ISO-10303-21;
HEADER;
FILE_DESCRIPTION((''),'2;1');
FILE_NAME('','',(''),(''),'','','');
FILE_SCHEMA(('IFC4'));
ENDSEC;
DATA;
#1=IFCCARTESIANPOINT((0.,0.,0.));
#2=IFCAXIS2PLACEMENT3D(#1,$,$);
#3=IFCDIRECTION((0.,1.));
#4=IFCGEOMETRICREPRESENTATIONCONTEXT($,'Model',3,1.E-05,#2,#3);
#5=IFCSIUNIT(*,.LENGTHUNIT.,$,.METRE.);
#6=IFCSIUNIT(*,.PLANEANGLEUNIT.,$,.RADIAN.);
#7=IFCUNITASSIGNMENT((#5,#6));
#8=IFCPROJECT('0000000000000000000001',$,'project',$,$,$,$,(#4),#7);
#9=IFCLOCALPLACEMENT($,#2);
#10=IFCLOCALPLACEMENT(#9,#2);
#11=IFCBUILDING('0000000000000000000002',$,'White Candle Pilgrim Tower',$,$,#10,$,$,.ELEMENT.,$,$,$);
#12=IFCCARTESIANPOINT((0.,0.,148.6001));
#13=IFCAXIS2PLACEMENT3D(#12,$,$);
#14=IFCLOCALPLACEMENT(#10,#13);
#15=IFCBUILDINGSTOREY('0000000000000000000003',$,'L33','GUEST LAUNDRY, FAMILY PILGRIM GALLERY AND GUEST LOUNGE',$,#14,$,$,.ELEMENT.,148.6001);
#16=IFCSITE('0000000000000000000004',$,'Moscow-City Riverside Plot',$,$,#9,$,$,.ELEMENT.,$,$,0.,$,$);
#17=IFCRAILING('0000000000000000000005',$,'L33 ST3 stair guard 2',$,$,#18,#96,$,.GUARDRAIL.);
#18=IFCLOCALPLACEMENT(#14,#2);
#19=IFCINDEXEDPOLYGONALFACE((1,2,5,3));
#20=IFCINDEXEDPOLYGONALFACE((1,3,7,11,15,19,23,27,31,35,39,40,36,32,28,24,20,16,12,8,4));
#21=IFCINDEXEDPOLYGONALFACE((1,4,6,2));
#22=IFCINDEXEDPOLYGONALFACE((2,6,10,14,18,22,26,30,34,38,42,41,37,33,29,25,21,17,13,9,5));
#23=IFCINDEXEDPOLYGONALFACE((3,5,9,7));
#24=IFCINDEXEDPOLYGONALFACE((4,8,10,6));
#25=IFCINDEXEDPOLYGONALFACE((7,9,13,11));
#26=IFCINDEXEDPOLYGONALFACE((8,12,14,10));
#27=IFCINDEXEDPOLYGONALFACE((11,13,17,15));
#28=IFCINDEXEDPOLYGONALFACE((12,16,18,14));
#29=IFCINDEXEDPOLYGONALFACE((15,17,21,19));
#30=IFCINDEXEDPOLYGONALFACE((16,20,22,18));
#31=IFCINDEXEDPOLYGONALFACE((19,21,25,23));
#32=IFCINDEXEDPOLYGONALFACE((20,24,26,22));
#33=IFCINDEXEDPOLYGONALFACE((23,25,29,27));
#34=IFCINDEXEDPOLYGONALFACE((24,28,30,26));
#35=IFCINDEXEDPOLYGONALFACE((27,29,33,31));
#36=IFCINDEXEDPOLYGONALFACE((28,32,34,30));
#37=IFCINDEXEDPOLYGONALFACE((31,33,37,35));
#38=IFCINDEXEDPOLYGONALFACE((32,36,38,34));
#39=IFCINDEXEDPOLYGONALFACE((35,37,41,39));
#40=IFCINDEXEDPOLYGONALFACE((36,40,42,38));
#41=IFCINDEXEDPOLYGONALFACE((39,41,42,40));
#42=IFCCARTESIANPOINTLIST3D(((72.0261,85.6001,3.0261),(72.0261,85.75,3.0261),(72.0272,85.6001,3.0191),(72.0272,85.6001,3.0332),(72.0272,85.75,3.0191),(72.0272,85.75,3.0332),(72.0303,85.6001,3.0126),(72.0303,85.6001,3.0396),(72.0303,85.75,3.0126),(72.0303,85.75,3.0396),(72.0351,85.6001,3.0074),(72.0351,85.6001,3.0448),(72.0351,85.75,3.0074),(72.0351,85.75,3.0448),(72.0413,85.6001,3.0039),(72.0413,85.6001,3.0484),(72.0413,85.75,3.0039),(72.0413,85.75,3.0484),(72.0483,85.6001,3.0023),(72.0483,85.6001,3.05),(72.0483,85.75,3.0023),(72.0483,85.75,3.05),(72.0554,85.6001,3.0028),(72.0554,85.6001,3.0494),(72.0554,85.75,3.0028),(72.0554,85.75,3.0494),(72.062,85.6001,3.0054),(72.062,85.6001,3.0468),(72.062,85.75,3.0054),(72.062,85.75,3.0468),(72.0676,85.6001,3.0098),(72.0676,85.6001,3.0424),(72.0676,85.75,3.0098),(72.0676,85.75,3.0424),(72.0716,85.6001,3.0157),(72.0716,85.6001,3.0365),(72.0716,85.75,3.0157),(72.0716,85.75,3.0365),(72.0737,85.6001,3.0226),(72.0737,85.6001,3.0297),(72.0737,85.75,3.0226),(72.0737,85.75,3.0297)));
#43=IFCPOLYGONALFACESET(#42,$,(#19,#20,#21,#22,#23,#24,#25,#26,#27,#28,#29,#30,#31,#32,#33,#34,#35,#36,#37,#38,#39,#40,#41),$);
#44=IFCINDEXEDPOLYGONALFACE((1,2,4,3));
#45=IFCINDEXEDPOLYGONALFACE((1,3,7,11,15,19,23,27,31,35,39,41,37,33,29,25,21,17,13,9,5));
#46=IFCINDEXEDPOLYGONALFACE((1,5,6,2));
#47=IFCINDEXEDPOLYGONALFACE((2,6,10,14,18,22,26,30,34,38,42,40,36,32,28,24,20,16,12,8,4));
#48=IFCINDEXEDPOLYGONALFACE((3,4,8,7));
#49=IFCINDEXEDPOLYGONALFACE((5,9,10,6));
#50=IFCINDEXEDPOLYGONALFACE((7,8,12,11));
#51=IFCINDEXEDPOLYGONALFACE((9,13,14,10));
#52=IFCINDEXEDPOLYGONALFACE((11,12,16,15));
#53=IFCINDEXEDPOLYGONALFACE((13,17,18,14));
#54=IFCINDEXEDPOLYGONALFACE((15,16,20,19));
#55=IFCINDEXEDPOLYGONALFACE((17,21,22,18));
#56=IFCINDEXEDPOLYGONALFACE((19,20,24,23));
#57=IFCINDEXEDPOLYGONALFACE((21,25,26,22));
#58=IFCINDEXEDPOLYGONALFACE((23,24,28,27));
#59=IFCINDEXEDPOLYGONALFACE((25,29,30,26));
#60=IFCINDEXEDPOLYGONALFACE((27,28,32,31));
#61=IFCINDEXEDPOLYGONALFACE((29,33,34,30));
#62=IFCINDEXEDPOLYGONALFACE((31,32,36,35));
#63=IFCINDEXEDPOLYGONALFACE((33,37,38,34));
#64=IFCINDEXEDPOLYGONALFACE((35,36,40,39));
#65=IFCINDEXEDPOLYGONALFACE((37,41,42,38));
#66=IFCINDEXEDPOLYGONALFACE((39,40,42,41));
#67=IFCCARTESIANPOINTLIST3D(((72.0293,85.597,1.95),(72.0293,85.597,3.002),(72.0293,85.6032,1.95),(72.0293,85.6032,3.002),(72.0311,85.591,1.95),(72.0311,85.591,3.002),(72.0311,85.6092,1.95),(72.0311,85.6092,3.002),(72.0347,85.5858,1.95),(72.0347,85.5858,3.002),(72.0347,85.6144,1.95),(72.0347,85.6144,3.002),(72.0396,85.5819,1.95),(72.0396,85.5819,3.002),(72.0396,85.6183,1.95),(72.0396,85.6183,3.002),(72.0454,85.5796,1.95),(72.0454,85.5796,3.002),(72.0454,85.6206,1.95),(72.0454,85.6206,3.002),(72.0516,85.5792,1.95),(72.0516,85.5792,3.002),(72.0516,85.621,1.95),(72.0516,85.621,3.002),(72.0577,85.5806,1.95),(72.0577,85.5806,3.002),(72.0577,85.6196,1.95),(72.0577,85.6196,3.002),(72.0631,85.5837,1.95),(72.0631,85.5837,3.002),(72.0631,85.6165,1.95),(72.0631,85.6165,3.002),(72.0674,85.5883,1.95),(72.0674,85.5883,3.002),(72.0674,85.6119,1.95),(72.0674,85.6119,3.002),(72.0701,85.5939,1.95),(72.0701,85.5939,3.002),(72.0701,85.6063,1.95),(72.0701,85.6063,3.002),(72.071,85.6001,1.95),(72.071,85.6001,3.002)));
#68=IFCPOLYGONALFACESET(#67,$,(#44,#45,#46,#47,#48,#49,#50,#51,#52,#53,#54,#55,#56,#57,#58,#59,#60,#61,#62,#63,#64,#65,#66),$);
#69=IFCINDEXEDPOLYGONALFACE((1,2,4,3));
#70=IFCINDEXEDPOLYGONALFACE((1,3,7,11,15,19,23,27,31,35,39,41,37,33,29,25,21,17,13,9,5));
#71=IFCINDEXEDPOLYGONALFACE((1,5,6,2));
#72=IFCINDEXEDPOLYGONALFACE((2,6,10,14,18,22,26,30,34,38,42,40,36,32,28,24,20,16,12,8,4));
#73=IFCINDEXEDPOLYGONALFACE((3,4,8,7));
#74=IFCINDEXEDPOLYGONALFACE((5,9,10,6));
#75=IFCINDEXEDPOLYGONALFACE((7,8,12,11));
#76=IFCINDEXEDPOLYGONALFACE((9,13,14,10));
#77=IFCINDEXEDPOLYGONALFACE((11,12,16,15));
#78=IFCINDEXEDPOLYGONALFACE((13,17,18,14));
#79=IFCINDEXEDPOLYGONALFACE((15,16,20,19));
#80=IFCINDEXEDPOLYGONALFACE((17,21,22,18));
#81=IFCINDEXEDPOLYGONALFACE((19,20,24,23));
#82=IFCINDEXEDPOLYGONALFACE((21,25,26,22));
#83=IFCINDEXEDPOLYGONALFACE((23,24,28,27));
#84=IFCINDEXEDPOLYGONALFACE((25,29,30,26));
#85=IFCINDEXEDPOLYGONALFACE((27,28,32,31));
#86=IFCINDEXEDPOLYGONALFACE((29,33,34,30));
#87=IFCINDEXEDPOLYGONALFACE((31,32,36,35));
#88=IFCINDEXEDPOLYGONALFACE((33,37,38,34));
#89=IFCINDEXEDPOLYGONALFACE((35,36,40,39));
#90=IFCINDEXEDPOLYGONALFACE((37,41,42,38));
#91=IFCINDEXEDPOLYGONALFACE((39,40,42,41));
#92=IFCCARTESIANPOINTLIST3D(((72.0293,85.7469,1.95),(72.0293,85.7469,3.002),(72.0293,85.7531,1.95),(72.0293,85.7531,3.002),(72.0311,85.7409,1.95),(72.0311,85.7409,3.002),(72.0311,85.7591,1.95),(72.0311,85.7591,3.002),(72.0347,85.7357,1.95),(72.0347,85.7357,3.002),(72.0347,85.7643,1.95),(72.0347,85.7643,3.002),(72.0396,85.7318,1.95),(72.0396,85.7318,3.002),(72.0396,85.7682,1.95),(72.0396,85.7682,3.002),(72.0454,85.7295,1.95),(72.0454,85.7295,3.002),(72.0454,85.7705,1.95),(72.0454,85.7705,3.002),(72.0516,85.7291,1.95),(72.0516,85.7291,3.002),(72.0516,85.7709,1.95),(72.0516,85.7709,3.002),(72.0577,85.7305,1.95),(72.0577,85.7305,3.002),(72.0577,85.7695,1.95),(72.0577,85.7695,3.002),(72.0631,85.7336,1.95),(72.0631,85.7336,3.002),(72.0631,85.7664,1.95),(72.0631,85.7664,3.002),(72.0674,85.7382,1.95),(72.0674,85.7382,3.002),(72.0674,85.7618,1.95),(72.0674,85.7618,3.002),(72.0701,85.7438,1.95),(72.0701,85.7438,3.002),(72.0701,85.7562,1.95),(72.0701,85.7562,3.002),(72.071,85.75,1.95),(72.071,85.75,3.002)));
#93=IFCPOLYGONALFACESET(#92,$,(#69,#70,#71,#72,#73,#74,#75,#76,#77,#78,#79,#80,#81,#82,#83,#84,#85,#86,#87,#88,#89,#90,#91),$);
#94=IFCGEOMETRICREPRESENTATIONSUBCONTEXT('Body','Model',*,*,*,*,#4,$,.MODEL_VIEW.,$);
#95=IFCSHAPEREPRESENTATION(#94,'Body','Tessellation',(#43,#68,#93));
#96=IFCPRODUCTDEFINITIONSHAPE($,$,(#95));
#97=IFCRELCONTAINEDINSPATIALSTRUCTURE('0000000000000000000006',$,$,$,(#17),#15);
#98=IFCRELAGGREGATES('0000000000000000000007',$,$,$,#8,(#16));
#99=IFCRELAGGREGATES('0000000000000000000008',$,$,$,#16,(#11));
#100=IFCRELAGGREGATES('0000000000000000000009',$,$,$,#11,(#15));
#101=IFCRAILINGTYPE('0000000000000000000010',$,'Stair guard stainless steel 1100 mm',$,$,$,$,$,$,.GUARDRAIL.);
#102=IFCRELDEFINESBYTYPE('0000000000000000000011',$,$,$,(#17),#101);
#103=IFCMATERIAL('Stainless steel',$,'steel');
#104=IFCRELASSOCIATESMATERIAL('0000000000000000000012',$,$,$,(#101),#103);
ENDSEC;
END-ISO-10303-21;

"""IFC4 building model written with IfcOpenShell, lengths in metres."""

from ifc_helpers import new_model, si_unit, direction, frame, origin, origin_2d, place, context, subcontext, project, spatial, circle, extrude, material, type_object, element, save


model = new_model("IFC4")

# Units and contexts
model_context = context("Model", 3, precision=1e-05, world=origin(), true_north=direction((0.0, 1.0)))
body_context = subcontext(model_context, "Body", "Model", "MODEL_VIEW")
ifc_project = project(units=[si_unit("LENGTHUNIT", "METRE"), si_unit("PLANEANGLEUNIT", "RADIAN")], contexts=[model_context])

# Site, building, storey
site_placement = place(None, origin())
site = spatial("IfcSite", under=ifc_project, at=site_placement, Name="Moscow-City Riverside Plot", CompositionType="ELEMENT", RefElevation=0.0)
building_placement = place(site_placement, origin())
building = spatial("IfcBuilding", under=site, at=building_placement, Name="White Candle Pilgrim Tower", CompositionType="ELEMENT")
storey_placement = place(building_placement, frame((0.0, 0.0, 148.6001)))
storey = spatial("IfcBuildingStorey", under=building, at=storey_placement, Name="L33", Description="GUEST LAUNDRY, FAMILY PILGRIM GALLERY AND GUEST LOUNGE", CompositionType="ELEMENT", Elevation=148.6001)

# Railing
ifc_material_1 = material(Name="Stainless steel", Category="steel")
railing_type_1 = type_object("IfcRailingType", Name="Stair guard stainless steel 1100 mm", PredefinedType="GUARDRAIL", material=ifc_material_1)
railing_1_placement = place(storey_placement, frame((72.05, 85.6001, 1.95)))
element("IfcRailing", 1, at=railing_1_placement, inside=storey, type_object=railing_type_1, Name="L33 ST3 stair guard 2", PredefinedType="GUARDRAIL", context=body_context, shape_type="SweptSolid", body=[
    extrude(circle(Radius=0.0239, at=origin_2d()), frame((0.0, 0.0, 1.0762), z_axis=(0.0, 1.0, 0.0), x_axis=(-1.0, 0.0, 0.0)), (0.0, 0.0, 1.0), 0.1499),
    extrude(circle(Radius=0.021, at=origin_2d()), origin(), (0.0, 0.0, 1.0), 1.052),
    extrude(circle(Radius=0.021, at=origin_2d()), frame((0.0, 0.1499, 0.0)), (0.0, 0.0, 1.0), 1.052),
])

save(model, "model.ifc")
